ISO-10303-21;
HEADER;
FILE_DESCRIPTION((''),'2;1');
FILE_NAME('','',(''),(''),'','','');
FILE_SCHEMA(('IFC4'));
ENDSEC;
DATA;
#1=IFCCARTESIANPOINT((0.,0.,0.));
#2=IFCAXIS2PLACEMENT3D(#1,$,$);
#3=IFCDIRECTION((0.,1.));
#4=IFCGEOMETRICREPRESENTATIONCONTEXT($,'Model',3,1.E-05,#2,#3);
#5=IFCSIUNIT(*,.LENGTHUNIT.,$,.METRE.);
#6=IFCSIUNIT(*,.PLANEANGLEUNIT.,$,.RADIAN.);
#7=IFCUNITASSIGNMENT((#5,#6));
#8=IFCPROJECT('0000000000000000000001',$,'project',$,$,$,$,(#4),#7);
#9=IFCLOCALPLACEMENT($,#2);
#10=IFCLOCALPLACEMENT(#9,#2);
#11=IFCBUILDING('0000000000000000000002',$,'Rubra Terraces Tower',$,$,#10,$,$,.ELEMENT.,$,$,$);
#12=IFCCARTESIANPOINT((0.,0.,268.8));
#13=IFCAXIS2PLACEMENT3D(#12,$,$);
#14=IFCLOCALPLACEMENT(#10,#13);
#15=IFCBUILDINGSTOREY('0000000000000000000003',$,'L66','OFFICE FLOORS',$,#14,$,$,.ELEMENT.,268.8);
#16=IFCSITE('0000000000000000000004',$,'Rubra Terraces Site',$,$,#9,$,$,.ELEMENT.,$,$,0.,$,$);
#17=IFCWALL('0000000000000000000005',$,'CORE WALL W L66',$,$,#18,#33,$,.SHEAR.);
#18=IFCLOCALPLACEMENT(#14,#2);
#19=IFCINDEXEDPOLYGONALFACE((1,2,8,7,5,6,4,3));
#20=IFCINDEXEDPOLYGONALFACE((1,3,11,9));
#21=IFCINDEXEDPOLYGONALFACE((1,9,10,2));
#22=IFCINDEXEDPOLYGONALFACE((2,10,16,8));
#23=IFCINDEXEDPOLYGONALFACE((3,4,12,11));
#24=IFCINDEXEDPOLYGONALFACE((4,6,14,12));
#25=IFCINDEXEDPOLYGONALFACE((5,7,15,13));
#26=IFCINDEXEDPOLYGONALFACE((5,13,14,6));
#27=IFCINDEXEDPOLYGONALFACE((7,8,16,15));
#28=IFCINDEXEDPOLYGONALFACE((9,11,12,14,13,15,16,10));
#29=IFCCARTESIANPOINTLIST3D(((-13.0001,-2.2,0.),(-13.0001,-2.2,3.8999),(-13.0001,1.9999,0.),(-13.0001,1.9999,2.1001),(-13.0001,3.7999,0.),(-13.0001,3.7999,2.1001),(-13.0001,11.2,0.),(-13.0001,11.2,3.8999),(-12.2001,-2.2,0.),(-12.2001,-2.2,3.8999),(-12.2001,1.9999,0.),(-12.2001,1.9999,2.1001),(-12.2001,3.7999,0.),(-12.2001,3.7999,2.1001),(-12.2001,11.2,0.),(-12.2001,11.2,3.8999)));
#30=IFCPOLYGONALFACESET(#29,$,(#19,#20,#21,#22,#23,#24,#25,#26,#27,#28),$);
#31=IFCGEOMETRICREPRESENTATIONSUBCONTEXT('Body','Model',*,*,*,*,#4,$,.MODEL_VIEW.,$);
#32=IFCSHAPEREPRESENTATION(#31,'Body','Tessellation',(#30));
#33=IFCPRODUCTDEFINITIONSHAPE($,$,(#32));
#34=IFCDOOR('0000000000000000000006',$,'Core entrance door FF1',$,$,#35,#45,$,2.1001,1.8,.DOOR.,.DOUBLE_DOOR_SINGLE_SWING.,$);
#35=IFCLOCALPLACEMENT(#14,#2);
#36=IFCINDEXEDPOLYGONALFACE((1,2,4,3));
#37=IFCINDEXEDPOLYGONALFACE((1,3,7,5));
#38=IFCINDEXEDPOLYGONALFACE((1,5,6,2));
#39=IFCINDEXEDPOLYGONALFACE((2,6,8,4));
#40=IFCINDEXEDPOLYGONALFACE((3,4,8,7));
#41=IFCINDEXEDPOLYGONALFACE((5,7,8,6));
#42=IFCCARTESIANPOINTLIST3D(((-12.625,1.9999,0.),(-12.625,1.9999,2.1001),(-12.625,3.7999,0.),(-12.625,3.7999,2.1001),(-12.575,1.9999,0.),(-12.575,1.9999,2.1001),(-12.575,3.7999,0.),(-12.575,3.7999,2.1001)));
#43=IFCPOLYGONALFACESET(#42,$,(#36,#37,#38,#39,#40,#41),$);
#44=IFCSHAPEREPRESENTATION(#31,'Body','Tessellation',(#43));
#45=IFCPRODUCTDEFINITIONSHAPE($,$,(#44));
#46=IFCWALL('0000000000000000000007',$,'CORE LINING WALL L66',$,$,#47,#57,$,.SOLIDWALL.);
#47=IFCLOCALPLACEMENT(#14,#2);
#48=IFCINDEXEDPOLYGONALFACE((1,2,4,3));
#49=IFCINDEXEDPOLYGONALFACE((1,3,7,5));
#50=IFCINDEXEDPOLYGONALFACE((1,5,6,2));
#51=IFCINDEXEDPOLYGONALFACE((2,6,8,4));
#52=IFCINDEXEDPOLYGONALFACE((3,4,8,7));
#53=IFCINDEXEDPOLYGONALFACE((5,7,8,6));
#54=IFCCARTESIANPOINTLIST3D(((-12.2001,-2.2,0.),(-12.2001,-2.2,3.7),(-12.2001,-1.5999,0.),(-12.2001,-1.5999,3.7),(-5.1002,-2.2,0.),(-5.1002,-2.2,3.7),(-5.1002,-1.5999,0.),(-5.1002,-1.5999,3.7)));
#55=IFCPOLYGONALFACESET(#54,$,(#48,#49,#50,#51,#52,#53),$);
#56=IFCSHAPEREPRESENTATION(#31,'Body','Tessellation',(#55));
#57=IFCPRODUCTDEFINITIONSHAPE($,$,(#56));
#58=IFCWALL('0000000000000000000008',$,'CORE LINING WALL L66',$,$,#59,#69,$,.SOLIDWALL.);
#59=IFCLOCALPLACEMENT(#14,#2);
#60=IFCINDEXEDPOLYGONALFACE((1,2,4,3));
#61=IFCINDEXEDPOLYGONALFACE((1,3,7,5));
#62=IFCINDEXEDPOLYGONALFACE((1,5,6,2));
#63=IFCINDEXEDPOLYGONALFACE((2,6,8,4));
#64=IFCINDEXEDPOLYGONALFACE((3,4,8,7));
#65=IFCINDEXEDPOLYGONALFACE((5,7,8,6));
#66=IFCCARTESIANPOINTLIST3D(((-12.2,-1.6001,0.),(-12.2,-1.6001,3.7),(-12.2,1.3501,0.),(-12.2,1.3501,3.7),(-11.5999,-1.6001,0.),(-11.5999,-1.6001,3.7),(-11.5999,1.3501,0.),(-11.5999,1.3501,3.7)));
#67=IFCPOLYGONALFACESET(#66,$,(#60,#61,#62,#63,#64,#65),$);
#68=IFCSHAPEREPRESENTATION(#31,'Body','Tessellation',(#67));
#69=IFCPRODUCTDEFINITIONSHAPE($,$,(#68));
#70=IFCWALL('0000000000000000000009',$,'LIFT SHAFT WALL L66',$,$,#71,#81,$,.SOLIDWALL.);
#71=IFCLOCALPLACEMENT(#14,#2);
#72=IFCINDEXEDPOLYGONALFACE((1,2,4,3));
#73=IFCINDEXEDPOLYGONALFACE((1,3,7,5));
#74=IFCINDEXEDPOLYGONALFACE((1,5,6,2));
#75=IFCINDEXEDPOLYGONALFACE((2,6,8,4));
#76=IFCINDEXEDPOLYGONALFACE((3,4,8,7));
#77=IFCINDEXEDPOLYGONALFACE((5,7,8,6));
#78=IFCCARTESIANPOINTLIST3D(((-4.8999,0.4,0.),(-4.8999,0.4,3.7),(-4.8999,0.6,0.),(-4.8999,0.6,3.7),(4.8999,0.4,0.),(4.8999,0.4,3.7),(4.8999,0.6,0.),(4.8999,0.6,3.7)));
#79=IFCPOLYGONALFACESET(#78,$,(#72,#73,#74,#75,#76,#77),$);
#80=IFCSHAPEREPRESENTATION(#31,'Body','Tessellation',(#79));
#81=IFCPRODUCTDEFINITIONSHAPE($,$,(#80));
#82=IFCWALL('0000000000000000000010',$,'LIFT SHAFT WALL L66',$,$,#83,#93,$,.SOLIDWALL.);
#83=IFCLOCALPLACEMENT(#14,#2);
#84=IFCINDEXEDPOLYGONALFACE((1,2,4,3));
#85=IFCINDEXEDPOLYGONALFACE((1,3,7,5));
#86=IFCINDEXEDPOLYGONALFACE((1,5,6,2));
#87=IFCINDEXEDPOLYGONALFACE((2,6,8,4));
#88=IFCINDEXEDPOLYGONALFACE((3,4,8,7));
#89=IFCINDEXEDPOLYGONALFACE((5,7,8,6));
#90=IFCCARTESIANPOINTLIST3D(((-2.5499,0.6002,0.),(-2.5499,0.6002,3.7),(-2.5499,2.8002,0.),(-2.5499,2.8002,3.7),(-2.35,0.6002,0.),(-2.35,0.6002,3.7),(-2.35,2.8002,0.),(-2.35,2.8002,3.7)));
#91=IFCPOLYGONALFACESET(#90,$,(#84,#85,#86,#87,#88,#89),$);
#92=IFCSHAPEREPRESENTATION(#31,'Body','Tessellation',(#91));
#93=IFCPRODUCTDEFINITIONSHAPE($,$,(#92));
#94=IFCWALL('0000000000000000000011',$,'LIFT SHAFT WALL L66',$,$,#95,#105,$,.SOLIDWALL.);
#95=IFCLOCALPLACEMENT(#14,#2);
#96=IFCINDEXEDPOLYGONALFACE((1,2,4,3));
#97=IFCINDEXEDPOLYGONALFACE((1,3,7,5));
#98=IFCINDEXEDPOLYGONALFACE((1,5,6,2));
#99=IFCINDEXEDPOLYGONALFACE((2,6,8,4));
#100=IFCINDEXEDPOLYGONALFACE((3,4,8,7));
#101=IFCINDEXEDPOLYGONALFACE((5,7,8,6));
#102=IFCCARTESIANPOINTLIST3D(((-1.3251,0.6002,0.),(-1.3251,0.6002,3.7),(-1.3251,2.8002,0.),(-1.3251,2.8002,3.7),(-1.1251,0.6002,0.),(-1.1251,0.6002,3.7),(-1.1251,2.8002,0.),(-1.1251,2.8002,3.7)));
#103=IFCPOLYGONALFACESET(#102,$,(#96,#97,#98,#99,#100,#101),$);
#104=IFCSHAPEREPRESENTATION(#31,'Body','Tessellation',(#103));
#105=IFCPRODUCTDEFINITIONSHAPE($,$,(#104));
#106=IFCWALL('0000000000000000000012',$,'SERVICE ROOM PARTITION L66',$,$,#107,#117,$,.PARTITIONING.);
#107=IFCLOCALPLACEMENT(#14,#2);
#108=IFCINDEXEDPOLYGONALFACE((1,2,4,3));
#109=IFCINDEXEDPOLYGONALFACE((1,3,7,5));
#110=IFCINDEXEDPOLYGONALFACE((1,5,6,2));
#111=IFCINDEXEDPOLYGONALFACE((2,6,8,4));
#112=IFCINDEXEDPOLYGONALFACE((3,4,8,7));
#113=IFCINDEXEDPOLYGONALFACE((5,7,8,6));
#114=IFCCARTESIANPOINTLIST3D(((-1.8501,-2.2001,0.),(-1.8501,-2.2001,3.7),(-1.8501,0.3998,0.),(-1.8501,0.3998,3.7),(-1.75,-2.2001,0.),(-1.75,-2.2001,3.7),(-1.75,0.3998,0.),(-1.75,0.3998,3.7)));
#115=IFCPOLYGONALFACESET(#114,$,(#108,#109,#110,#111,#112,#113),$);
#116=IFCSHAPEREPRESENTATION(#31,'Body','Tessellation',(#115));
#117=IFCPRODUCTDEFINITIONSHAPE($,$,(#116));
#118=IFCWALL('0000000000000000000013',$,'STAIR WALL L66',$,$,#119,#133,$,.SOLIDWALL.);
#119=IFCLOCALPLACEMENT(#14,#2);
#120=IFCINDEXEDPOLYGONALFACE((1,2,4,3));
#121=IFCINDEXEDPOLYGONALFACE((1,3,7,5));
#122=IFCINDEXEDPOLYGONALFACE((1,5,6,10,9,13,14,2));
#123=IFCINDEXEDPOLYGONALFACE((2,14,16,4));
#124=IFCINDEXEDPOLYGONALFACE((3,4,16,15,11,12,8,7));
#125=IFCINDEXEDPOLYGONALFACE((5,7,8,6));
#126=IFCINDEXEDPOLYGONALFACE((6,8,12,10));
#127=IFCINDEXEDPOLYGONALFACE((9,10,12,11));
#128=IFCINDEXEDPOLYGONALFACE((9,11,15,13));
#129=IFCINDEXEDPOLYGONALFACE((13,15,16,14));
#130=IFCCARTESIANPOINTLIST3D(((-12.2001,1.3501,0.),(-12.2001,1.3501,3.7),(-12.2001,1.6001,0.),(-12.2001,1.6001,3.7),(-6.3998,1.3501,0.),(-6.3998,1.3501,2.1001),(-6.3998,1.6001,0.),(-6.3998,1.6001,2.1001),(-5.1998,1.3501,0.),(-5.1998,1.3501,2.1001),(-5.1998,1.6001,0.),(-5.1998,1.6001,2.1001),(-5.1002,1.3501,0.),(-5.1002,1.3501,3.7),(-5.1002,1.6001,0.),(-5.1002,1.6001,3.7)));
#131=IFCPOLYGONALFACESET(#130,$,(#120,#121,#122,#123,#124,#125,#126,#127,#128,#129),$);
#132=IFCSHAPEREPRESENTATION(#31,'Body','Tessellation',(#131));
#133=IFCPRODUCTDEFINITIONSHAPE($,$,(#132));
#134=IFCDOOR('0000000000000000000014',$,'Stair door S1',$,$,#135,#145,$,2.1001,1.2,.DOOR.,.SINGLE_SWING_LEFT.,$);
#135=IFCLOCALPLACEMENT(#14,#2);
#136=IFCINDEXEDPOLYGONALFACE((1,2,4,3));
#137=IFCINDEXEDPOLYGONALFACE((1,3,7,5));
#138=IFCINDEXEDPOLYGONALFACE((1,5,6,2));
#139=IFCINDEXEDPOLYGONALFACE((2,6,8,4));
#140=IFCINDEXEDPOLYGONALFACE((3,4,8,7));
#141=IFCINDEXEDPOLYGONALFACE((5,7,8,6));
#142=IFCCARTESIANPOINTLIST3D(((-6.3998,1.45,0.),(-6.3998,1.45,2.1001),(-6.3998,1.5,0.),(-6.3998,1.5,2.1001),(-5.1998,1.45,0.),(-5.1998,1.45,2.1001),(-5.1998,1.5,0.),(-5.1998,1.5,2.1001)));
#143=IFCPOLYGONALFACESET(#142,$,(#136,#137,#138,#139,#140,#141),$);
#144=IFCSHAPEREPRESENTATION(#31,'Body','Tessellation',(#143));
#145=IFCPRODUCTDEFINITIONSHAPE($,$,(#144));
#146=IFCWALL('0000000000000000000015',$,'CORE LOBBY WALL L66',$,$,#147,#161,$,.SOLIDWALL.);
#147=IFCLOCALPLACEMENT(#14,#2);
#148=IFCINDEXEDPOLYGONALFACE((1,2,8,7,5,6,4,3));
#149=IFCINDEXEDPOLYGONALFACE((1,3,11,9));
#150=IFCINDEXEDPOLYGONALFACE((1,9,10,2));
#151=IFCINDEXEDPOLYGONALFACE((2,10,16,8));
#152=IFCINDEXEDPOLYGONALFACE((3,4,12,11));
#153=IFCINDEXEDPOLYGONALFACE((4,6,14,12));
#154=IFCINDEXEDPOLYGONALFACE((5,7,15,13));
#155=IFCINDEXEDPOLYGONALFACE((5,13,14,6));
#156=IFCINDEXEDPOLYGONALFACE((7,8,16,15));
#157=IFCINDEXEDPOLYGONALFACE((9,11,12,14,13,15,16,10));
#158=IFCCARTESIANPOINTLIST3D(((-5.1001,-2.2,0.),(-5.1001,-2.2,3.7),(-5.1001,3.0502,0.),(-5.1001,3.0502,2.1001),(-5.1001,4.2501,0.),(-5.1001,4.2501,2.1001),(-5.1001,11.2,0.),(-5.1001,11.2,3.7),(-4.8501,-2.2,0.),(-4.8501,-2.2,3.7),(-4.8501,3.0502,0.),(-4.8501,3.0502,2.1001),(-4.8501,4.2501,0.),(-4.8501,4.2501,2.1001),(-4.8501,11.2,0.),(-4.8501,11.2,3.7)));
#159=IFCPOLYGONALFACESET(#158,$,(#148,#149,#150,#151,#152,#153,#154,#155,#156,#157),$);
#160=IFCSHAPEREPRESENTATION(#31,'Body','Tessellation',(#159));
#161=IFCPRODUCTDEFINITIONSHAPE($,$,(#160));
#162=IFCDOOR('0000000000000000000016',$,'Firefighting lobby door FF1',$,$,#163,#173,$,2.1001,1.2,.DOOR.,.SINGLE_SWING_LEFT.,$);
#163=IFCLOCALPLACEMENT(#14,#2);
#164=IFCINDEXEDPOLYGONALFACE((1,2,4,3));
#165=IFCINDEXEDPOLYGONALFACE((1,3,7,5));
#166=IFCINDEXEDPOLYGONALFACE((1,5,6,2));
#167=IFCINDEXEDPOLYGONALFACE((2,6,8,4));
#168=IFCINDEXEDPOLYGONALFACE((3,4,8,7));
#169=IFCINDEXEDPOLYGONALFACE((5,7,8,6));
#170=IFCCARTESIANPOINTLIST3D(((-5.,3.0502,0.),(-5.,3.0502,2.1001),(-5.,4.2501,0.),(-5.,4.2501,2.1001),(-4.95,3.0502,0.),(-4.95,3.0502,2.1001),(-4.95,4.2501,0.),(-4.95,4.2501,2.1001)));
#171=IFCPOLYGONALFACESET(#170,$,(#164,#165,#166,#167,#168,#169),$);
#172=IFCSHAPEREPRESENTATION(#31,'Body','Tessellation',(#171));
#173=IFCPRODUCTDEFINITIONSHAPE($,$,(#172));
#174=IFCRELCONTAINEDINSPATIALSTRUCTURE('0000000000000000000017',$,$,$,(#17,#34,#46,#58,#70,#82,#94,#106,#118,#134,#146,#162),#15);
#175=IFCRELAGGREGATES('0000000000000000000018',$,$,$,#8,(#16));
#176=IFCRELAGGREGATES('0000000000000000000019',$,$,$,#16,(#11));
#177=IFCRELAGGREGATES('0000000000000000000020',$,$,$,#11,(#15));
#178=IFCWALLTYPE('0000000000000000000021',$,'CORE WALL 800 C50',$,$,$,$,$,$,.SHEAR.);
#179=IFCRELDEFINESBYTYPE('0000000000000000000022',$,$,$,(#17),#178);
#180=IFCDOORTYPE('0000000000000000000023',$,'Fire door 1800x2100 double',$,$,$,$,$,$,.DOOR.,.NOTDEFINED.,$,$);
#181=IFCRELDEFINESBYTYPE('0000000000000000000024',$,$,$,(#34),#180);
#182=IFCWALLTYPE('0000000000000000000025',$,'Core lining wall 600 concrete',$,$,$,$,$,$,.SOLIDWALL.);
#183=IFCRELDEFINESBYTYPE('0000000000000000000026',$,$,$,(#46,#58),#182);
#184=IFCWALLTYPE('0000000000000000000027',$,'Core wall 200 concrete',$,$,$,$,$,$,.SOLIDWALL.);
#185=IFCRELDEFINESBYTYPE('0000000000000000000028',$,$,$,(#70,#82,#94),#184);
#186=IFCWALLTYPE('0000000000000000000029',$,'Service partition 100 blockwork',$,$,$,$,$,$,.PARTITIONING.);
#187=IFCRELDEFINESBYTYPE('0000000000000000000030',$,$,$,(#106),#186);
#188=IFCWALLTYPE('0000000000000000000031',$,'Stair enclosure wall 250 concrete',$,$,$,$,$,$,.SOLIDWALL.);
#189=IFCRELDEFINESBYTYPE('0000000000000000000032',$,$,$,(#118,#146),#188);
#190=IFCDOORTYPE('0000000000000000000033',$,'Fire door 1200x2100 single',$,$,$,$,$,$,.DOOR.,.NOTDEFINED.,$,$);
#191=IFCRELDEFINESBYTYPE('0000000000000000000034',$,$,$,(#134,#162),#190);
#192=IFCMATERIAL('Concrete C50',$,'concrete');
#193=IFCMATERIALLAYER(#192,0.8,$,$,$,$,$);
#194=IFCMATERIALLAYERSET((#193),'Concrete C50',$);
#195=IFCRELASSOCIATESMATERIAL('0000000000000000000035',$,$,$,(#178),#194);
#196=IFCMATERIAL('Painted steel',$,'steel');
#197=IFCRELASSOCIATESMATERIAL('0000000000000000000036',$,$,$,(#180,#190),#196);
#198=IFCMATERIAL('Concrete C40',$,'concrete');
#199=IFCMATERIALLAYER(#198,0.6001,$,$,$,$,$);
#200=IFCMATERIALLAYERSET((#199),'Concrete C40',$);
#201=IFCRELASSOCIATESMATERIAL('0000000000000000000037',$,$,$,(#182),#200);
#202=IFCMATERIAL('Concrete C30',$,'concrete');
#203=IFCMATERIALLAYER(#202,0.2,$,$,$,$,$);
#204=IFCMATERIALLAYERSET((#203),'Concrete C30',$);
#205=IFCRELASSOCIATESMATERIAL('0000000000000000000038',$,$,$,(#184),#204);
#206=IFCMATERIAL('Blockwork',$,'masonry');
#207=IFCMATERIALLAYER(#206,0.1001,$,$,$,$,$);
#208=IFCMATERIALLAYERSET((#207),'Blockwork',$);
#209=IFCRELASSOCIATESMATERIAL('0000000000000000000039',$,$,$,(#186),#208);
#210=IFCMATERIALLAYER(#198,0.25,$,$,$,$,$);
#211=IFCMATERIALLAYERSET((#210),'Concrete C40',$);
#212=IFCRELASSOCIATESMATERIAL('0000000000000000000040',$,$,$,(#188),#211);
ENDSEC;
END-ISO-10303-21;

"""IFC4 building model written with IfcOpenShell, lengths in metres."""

from ifc_helpers import new_model, si_unit, direction, frame, frame_2d, origin, place, context, subcontext, project, spatial, rectangle, extrude, material, layer, layer_set, type_object, element, fill, save


model = new_model("IFC4")

# Units and contexts
model_context = context("Model", 3, precision=1e-05, world=origin(), true_north=direction((0.0, 1.0)))
body_context = subcontext(model_context, "Body", "Model", "MODEL_VIEW")
ifc_project = project(units=[si_unit("LENGTHUNIT", "METRE"), si_unit("PLANEANGLEUNIT", "RADIAN")], contexts=[model_context])

# Site, building, storey
site_placement = place(None, origin())
site = spatial("IfcSite", under=ifc_project, at=site_placement, Name="Rubra Terraces Site", CompositionType="ELEMENT", RefElevation=0.0)
building_placement = place(site_placement, origin())
building = spatial("IfcBuilding", under=site, at=building_placement, Name="Rubra Terraces Tower", CompositionType="ELEMENT")
storey_placement = place(building_placement, frame((0.0, 0.0, 268.8)))
storey = spatial("IfcBuildingStorey", under=building, at=storey_placement, Name="L66", Description="OFFICE FLOORS", CompositionType="ELEMENT", Elevation=268.8)

# Shared definitions
ifc_material_1 = material(Name="Concrete C40", Category="concrete")

# Wall, opening, door
ifc_material_2 = material(Name="Concrete C50", Category="concrete")
ifc_layer_1 = layer(ifc_material_2, 0.8)
ifc_layer_set_1 = layer_set([ifc_layer_1], Name="Concrete C50")
wall_type_1 = type_object("IfcWallType", Name="CORE WALL 800 C50", PredefinedType="SHEAR", material=ifc_layer_set_1)
wall_1_placement = place(storey_placement, frame((-12.6001, -2.2, 0.0), z_axis=(0.0, 0.0, 1.0), x_axis=(0.0, 1.0, 0.0)))
wall_1 = element("IfcWall", 1, at=wall_1_placement, inside=storey, type_object=wall_type_1, Name="CORE WALL W L66", PredefinedType="SHEAR", context=body_context, shape_type="SweptSolid", body=[
    extrude(rectangle(XDim=13.3999, YDim=0.8, at=frame_2d((6.7, 0.0))), origin(), (0.0, 0.0, 1.0), 3.8999),
])
opening_1_placement = place(wall_1_placement, frame((4.2, 0.0, 0.0)))
opening_1 = element("IfcOpeningElement", 2, at=opening_1_placement, cuts=wall_1, PredefinedType="OPENING", context=body_context, shape_type="SweptSolid", body=[
    extrude(rectangle(XDim=1.8, YDim=2.1001, at=frame_2d((0.8999, 1.05))), frame((0.0, 0.4099, 0.0), z_axis=(0.0, -1.0, 0.0), x_axis=(1.0, 0.0, 0.0)), (0.0, 0.0, 1.0), 0.8201),
])
ifc_material_3 = material(Name="Painted steel", Category="steel")
door_type_1 = type_object("IfcDoorType", Name="Fire door 1800x2100 double", OperationType="NOTDEFINED", PredefinedType="DOOR", material=ifc_material_3)
door_1_placement = place(opening_1_placement, origin())
door_1 = element("IfcDoor", 3, at=door_1_placement, inside=storey, type_object=door_type_1, Name="Core entrance door FF1", OperationType="DOUBLE_DOOR_SINGLE_SWING", OverallHeight=2.1001, OverallWidth=1.8, PredefinedType="DOOR", context=body_context, shape_type="SweptSolid", body=[
    extrude(rectangle(XDim=1.8, YDim=2.1001, at=frame_2d((0.8999, 1.05))), frame((0.0, 0.0249, 0.0), z_axis=(0.0, -1.0, 0.0), x_axis=(1.0, 0.0, 0.0)), (0.0, 0.0, 1.0), 0.05),
])
fill(opening_1, door_1)

# Walls
ifc_layer_2 = layer(ifc_material_1, 0.6001)
ifc_layer_set_2 = layer_set([ifc_layer_2], Name="Concrete C40")
wall_type_2 = type_object("IfcWallType", Name="Core lining wall 600 concrete", PredefinedType="SOLIDWALL", material=ifc_layer_set_2)
wall_2_placement = place(storey_placement, frame((-12.2, -1.8999, 0.0), z_axis=(0.0, 0.0, 1.0), x_axis=(1.0, 0.0, 0.0)))
element("IfcWall", 4, at=wall_2_placement, inside=storey, type_object=wall_type_2, Name="CORE LINING WALL L66", PredefinedType="SOLIDWALL", context=body_context, shape_type="SweptSolid", body=[
    extrude(rectangle(XDim=7.0999, YDim=0.6001, at=frame_2d((3.5498, 0.0))), origin(), (0.0, 0.0, 1.0), 3.7),
])
wall_3_placement = place(storey_placement, frame((-11.8999, -1.6001, 0.0), z_axis=(0.0, 0.0, 1.0), x_axis=(0.0, 1.0, 0.0)))
element("IfcWall", 5, at=wall_3_placement, inside=storey, type_object=wall_type_2, Name="CORE LINING WALL L66", PredefinedType="SOLIDWALL", context=body_context, shape_type="SweptSolid", body=[
    extrude(rectangle(XDim=2.9502, YDim=0.6001, at=frame_2d((1.4751, 0.0))), origin(), (0.0, 0.0, 1.0), 3.7),
])
ifc_material_4 = material(Name="Concrete C30", Category="concrete")
ifc_layer_3 = layer(ifc_material_4, 0.2)
ifc_layer_set_3 = layer_set([ifc_layer_3], Name="Concrete C30")
wall_type_3 = type_object("IfcWallType", Name="Core wall 200 concrete", PredefinedType="SOLIDWALL", material=ifc_layer_set_3)
wall_4_placement = place(storey_placement, frame((-4.8999, 0.5, 0.0), z_axis=(0.0, 0.0, 1.0), x_axis=(1.0, 0.0, 0.0)))
element("IfcWall", 6, at=wall_4_placement, inside=storey, type_object=wall_type_3, Name="LIFT SHAFT WALL L66", PredefinedType="SOLIDWALL", context=body_context, shape_type="SweptSolid", body=[
    extrude(rectangle(XDim=9.7998, YDim=0.2, at=frame_2d((4.8999, 0.0))), origin(), (0.0, 0.0, 1.0), 3.7),
])
for number, where, z_axis, x_axis, name in (
    (7, (-2.45, 0.6001, 0.0), (0.0, 0.0, 1.0), (0.0, 1.0, 0.0), "LIFT SHAFT WALL L66"),
    (8, (-1.2251, 0.6001, 0.0), (0.0, 0.0, 1.0), (0.0, 1.0, 0.0), "LIFT SHAFT WALL L66"),
):
    element("IfcWall", number, at=place(storey_placement, frame(where, z_axis=z_axis, x_axis=x_axis)), inside=storey, type_object=wall_type_3, Name=name, PredefinedType="SOLIDWALL", context=body_context, shape_type="SweptSolid", body=[
        extrude(rectangle(XDim=2.2, YDim=0.2, at=frame_2d((1.1001, 0.0))), origin(), (0.0, 0.0, 1.0), 3.7),
    ])
ifc_material_5 = material(Name="Blockwork", Category="masonry")
ifc_layer_4 = layer(ifc_material_5, 0.1001)
ifc_layer_set_4 = layer_set([ifc_layer_4], Name="Blockwork")
wall_type_4 = type_object("IfcWallType", Name="Service partition 100 blockwork", PredefinedType="PARTITIONING", material=ifc_layer_set_4)
wall_5_placement = place(storey_placement, frame((-1.8, -2.2, 0.0), z_axis=(0.0, 0.0, 1.0), x_axis=(0.0, 1.0, 0.0)))
element("IfcWall", 9, at=wall_5_placement, inside=storey, type_object=wall_type_4, Name="SERVICE ROOM PARTITION L66", PredefinedType="PARTITIONING", context=body_context, shape_type="SweptSolid", body=[
    extrude(rectangle(XDim=2.5999, YDim=0.1001, at=frame_2d((1.2998, 0.0))), origin(), (0.0, 0.0, 1.0), 3.7),
])

# Walls, openings, doors
ifc_layer_5 = layer(ifc_material_1, 0.25)
ifc_layer_set_5 = layer_set([ifc_layer_5], Name="Concrete C40")
wall_type_5 = type_object("IfcWallType", Name="Stair enclosure wall 250 concrete", PredefinedType="SOLIDWALL", material=ifc_layer_set_5)
wall_6_placement = place(storey_placement, frame((-12.2, 1.4751, 0.0), z_axis=(0.0, 0.0, 1.0), x_axis=(1.0, 0.0, 0.0)))
wall_6 = element("IfcWall", 10, at=wall_6_placement, inside=storey, type_object=wall_type_5, Name="STAIR WALL L66", PredefinedType="SOLIDWALL", context=body_context, shape_type="SweptSolid", body=[
    extrude(rectangle(XDim=7.0999, YDim=0.25, at=frame_2d((3.5498, 0.0))), origin(), (0.0, 0.0, 1.0), 3.7),
])
opening_2_placement = place(wall_6_placement, frame((5.8, 0.0, 0.0)))
opening_2 = element("IfcOpeningElement", 11, at=opening_2_placement, cuts=wall_6, PredefinedType="OPENING", context=body_context, shape_type="SweptSolid", body=[
    extrude(rectangle(XDim=1.2, YDim=2.1001, at=frame_2d((0.6001, 1.05))), frame((0.0, 0.135, 0.0), z_axis=(0.0, -1.0, 0.0), x_axis=(1.0, 0.0, 0.0)), (0.0, 0.0, 1.0), 0.27),
])
door_type_2 = type_object("IfcDoorType", Name="Fire door 1200x2100 single", OperationType="NOTDEFINED", PredefinedType="DOOR", material=ifc_material_3)
door_2_placement = place(opening_2_placement, origin())
door_2 = element("IfcDoor", 12, at=door_2_placement, inside=storey, type_object=door_type_2, Name="Stair door S1", OperationType="SINGLE_SWING_LEFT", OverallHeight=2.1001, OverallWidth=1.2, PredefinedType="DOOR", context=body_context, shape_type="SweptSolid", body=[
    extrude(rectangle(XDim=1.2, YDim=2.1001, at=frame_2d((0.6001, 1.05))), frame((0.0, 0.0249, 0.0), z_axis=(0.0, -1.0, 0.0), x_axis=(1.0, 0.0, 0.0)), (0.0, 0.0, 1.0), 0.05),
])
fill(opening_2, door_2)
wall_7_placement = place(storey_placement, frame((-4.9751, -2.2, 0.0), z_axis=(0.0, 0.0, 1.0), x_axis=(0.0, 1.0, 0.0)))
wall_7 = element("IfcWall", 13, at=wall_7_placement, inside=storey, type_object=wall_type_5, Name="CORE LOBBY WALL L66", PredefinedType="SOLIDWALL", context=body_context, shape_type="SweptSolid", body=[
    extrude(rectangle(XDim=13.3999, YDim=0.25, at=frame_2d((6.7, 0.0))), origin(), (0.0, 0.0, 1.0), 3.7),
])
opening_3_placement = place(wall_7_placement, frame((5.25, 0.0, 0.0)))
opening_3 = element("IfcOpeningElement", 14, at=opening_3_placement, cuts=wall_7, PredefinedType="OPENING", context=body_context, shape_type="SweptSolid", body=[
    extrude(rectangle(XDim=1.2, YDim=2.1001, at=frame_2d((0.6001, 1.05))), frame((0.0, 0.135, 0.0), z_axis=(0.0, -1.0, 0.0), x_axis=(1.0, 0.0, 0.0)), (0.0, 0.0, 1.0), 0.27),
])
door_3_placement = place(opening_3_placement, origin())
door_3 = element("IfcDoor", 15, at=door_3_placement, inside=storey, type_object=door_type_2, Name="Firefighting lobby door FF1", OperationType="SINGLE_SWING_LEFT", OverallHeight=2.1001, OverallWidth=1.2, PredefinedType="DOOR", context=body_context, shape_type="SweptSolid", body=[
    extrude(rectangle(XDim=1.2, YDim=2.1001, at=frame_2d((0.6001, 1.05))), frame((0.0, 0.0249, 0.0), z_axis=(0.0, -1.0, 0.0), x_axis=(1.0, 0.0, 0.0)), (0.0, 0.0, 1.0), 0.05),
])
fill(opening_3, door_3)

save(model, "model.ifc")
